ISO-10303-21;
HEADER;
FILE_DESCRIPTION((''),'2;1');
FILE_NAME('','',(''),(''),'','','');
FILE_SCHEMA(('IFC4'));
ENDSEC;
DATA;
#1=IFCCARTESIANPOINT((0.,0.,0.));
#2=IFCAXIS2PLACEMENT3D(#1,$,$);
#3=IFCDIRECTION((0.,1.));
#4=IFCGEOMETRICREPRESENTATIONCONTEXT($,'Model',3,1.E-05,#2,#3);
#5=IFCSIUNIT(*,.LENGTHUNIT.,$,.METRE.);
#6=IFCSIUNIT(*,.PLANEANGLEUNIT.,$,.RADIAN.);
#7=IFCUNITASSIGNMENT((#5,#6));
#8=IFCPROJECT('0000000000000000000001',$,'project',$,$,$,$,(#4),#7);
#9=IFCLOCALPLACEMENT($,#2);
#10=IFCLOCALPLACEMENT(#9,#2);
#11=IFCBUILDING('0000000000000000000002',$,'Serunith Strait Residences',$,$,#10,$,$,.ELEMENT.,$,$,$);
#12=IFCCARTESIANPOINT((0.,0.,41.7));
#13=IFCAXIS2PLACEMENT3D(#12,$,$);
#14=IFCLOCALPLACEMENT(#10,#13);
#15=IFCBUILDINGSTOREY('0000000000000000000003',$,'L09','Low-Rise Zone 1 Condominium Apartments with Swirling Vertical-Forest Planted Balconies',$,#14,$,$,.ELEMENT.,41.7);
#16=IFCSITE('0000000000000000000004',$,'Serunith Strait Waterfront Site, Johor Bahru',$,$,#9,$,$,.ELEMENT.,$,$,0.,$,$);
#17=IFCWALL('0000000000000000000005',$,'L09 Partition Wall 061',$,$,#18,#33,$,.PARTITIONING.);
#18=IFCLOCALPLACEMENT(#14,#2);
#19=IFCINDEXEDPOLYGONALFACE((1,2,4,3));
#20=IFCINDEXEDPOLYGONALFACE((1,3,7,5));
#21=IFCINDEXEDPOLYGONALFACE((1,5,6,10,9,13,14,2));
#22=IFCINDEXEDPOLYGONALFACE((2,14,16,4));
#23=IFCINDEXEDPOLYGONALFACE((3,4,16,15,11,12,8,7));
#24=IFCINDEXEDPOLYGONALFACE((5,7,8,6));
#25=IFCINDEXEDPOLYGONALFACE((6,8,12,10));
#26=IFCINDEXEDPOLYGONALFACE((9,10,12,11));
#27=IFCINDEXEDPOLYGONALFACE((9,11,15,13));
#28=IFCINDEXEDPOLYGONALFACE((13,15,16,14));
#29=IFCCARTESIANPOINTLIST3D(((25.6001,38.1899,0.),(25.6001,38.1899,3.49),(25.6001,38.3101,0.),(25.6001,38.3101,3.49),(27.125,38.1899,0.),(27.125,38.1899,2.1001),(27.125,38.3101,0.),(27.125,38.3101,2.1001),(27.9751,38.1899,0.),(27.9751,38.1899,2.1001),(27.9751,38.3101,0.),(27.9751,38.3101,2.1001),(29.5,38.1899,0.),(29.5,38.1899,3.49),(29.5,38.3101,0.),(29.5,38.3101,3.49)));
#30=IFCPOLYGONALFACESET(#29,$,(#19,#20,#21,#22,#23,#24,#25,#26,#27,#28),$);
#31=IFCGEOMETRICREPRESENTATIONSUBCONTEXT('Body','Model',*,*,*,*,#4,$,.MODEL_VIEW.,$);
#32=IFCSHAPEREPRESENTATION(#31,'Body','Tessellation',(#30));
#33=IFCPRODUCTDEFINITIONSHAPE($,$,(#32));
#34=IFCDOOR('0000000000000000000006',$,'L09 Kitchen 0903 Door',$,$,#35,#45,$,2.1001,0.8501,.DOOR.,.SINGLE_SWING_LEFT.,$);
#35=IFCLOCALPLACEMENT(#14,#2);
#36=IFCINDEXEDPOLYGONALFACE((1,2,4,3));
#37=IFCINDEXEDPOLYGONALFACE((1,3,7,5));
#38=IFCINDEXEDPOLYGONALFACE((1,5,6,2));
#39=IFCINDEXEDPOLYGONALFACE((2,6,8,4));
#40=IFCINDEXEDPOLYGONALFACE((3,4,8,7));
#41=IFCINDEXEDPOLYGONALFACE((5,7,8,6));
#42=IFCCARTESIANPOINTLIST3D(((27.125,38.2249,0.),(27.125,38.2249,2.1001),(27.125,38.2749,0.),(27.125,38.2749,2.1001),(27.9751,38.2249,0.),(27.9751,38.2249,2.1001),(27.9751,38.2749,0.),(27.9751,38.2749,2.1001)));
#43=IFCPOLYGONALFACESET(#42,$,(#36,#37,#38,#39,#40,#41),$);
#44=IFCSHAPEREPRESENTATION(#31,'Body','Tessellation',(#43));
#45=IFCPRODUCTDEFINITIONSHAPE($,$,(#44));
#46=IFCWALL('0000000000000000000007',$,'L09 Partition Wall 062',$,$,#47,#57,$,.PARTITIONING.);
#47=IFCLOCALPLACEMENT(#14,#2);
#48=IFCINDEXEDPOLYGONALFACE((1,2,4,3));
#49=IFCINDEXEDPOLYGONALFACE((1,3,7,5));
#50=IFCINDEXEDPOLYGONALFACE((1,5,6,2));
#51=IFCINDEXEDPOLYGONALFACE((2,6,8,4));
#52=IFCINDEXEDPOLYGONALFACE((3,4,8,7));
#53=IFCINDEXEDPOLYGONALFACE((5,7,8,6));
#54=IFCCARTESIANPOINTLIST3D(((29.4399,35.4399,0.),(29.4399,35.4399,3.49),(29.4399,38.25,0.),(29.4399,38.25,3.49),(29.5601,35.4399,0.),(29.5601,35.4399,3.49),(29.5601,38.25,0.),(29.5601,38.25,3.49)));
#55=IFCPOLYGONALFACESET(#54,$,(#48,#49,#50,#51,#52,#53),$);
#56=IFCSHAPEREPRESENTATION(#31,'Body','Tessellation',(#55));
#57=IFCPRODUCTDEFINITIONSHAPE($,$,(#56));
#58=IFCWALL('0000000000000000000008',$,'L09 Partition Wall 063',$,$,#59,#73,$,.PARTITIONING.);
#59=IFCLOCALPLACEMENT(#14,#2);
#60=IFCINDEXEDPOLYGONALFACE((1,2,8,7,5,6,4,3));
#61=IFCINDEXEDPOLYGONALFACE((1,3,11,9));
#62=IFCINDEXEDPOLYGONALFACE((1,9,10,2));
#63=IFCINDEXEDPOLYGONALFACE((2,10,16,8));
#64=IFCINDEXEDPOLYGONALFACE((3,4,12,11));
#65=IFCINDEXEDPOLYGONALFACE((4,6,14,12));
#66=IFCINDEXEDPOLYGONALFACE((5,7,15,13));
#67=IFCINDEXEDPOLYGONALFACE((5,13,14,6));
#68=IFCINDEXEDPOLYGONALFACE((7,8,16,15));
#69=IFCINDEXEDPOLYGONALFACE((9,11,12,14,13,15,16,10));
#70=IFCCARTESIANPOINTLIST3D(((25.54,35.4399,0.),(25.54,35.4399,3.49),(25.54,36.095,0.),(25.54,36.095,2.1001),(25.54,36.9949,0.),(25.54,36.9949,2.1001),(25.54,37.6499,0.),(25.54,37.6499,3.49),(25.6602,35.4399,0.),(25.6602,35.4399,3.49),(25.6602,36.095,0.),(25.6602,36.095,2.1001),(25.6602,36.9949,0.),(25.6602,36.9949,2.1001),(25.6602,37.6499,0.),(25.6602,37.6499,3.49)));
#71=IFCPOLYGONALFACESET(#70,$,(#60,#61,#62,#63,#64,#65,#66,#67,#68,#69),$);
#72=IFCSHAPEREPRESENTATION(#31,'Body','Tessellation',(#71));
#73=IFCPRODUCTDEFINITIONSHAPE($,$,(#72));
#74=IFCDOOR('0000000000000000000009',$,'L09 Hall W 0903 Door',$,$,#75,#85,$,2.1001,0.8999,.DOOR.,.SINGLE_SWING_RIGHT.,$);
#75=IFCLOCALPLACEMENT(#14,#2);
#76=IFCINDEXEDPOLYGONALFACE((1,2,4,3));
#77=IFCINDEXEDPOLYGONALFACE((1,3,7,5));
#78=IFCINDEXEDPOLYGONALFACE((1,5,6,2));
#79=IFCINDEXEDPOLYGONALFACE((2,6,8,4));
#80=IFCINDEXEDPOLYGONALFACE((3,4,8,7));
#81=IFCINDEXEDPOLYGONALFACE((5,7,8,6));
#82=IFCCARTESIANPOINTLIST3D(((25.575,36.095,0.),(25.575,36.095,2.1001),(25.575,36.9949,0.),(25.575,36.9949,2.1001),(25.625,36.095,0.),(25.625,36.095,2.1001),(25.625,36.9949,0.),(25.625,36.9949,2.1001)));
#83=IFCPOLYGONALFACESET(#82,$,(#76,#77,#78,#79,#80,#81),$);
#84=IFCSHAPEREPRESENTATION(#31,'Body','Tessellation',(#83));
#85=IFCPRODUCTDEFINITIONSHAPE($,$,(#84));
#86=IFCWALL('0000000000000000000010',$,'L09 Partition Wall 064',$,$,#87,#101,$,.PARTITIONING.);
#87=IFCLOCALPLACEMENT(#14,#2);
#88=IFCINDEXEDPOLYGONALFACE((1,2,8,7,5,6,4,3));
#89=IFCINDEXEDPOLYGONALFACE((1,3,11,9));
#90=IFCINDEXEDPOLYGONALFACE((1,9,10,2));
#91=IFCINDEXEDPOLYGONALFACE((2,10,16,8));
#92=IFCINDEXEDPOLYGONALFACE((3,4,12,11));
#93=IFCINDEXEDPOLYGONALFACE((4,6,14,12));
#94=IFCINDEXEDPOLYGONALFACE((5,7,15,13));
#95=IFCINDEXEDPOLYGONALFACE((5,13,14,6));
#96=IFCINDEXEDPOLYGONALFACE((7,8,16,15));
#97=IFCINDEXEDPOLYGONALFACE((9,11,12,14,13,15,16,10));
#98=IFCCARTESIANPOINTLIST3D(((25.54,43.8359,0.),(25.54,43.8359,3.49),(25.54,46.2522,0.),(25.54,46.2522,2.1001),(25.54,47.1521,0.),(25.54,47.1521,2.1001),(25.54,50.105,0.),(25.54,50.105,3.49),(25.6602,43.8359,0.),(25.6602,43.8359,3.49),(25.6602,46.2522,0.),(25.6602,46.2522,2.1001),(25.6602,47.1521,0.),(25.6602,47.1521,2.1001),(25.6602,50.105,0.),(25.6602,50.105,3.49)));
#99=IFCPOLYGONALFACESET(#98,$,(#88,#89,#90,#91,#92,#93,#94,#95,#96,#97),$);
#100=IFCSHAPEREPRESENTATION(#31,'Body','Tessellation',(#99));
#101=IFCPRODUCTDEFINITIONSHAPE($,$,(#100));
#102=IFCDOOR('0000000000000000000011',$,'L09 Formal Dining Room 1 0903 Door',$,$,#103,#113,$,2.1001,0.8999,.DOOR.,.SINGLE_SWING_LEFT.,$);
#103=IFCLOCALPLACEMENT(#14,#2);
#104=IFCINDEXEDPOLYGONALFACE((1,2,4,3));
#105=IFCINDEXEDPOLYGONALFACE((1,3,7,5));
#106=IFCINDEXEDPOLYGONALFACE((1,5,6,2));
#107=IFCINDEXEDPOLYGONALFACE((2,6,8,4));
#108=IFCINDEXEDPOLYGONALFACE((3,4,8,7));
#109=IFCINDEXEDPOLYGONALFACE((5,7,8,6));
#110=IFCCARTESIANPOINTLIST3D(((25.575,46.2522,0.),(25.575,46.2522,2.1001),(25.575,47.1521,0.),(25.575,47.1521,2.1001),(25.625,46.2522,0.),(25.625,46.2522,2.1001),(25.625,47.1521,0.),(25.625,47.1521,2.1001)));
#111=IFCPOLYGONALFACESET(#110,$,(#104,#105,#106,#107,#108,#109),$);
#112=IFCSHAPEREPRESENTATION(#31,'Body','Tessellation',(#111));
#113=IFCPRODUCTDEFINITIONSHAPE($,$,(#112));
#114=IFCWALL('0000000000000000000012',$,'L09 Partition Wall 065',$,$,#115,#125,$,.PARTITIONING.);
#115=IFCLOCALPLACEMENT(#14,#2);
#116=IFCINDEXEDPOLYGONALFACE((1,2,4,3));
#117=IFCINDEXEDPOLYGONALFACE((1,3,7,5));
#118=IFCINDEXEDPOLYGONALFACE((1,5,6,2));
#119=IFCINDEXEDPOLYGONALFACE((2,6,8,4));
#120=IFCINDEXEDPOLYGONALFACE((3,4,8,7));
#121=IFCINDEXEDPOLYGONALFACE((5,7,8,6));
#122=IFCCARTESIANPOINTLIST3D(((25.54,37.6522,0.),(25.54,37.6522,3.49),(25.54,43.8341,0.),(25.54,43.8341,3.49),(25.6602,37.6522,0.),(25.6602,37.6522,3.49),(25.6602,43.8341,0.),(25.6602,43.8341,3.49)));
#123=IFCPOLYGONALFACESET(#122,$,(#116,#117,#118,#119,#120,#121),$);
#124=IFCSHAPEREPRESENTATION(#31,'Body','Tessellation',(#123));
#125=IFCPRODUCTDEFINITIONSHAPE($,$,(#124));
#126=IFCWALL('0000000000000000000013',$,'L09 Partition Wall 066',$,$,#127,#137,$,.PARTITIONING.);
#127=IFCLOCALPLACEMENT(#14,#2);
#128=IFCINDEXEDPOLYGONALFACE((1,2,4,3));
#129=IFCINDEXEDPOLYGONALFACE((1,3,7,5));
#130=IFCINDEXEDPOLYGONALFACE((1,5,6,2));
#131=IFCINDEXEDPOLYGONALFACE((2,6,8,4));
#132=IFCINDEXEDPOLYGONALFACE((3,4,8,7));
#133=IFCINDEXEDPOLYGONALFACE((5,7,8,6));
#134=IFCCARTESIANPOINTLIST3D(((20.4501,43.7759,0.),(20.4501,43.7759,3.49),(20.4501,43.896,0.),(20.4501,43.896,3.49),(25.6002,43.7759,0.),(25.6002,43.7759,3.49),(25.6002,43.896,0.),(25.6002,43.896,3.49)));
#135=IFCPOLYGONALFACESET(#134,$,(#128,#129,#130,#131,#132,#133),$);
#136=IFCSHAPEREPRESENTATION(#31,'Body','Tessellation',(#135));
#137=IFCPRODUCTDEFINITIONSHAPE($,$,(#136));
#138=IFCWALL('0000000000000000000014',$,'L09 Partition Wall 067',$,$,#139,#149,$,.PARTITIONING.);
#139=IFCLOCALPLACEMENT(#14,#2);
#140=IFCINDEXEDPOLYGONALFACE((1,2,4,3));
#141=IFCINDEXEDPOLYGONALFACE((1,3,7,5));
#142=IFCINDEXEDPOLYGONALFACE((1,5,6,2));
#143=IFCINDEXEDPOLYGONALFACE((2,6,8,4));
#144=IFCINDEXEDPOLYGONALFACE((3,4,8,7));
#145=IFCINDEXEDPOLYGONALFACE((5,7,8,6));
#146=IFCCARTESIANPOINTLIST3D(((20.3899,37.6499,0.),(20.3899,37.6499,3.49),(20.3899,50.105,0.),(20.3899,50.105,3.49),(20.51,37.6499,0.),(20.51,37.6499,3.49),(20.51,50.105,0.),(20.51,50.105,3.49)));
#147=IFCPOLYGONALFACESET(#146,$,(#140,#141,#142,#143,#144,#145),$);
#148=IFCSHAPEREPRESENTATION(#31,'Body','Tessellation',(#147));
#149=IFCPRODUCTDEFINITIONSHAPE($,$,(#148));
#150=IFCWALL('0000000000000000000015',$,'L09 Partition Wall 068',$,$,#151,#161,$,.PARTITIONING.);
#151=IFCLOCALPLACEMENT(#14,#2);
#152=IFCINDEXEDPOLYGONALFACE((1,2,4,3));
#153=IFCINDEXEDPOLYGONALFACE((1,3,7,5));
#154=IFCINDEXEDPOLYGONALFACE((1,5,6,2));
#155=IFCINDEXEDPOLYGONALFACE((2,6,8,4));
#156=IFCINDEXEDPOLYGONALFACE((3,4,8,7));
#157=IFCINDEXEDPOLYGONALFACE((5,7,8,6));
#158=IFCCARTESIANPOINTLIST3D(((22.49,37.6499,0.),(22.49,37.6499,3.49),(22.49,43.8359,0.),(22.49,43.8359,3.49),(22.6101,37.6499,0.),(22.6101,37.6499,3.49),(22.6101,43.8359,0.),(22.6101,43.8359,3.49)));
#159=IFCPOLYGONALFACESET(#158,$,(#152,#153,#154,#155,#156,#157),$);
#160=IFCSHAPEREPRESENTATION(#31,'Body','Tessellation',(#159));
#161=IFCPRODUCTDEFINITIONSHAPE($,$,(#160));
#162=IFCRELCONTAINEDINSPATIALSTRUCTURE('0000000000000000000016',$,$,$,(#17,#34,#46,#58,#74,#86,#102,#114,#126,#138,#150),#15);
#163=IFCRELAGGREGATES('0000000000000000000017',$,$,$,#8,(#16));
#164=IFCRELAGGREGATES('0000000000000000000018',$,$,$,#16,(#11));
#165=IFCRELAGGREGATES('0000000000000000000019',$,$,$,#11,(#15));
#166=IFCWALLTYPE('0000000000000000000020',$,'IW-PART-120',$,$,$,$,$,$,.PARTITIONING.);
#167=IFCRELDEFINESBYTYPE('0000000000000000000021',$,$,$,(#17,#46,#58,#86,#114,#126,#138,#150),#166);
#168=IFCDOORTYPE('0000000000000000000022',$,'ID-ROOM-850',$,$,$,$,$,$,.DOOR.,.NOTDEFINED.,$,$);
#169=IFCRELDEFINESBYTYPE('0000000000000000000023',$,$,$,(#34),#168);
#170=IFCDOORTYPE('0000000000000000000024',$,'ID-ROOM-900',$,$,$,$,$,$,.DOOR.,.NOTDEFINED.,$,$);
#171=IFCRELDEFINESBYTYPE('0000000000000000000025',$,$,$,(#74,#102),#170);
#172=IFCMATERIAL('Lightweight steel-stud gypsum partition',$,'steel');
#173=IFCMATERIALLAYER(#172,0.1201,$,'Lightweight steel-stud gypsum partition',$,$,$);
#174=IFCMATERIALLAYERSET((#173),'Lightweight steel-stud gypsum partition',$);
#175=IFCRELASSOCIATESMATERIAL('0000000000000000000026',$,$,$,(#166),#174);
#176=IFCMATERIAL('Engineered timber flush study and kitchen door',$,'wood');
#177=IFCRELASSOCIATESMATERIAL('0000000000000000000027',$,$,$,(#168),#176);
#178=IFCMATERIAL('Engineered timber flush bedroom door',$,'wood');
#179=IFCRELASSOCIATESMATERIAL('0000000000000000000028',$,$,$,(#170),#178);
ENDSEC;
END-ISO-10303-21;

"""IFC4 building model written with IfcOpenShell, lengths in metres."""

from ifc_helpers import new_model, si_unit, direction, frame, frame_2d, origin, place, context, subcontext, project, spatial, rectangle, extrude, source, transform, mapped, material, layer, layer_set, type_object, element, fill, save


model = new_model("IFC4")

# Units and contexts
model_context = context("Model", 3, precision=1e-05, world=origin(), true_north=direction((0.0, 1.0)))
body_context = subcontext(model_context, "Body", "Model", "MODEL_VIEW")
ifc_project = project(units=[si_unit("LENGTHUNIT", "METRE"), si_unit("PLANEANGLEUNIT", "RADIAN")], contexts=[model_context])

# Site, building, storey
site_placement = place(None, origin())
site = spatial("IfcSite", under=ifc_project, at=site_placement, Name="Serunith Strait Waterfront Site, Johor Bahru", CompositionType="ELEMENT", RefElevation=0.0)
building_placement = place(site_placement, origin())
building = spatial("IfcBuilding", under=site, at=building_placement, Name="Serunith Strait Residences", CompositionType="ELEMENT")
storey_placement = place(building_placement, frame((0.0, 0.0, 41.7)))
storey = spatial("IfcBuildingStorey", under=building, at=storey_placement, Name="L09", Description="Low-Rise Zone 1 Condominium Apartments with Swirling Vertical-Forest Planted Balconies", CompositionType="ELEMENT", Elevation=41.7)

# Wall, opening, door
ifc_material_1 = material(Name="Lightweight steel-stud gypsum partition", Category="steel")
ifc_layer_1 = layer(ifc_material_1, 0.1201, Name="Lightweight steel-stud gypsum partition")
ifc_layer_set_1 = layer_set([ifc_layer_1], Name="Lightweight steel-stud gypsum partition")
wall_type = type_object("IfcWallType", Name="IW-PART-120", PredefinedType="PARTITIONING", material=ifc_layer_set_1)
wall_1_placement = place(storey_placement, frame((25.6001, 38.25, 0.0), z_axis=(0.0, 0.0, 1.0), x_axis=(1.0, 0.0, 0.0)))
wall_1 = element("IfcWall", 1, at=wall_1_placement, inside=storey, type_object=wall_type, Name="L09 Partition Wall 061", PredefinedType="PARTITIONING", context=body_context, shape_type="SweptSolid", body=[
    extrude(rectangle(XDim=3.8999, YDim=0.1201, at=frame_2d((1.95, 0.0))), origin(), (0.0, 0.0, 1.0), 3.49),
])
opening_1_placement = place(wall_1_placement, frame((1.5249, 0.0, 0.0)))
opening_1 = element("IfcOpeningElement", 2, at=opening_1_placement, cuts=wall_1, PredefinedType="OPENING", context=body_context, shape_type="SweptSolid", body=[
    extrude(rectangle(XDim=0.8501, YDim=2.1001, at=frame_2d((0.425, 1.05))), frame((0.0, 0.0701, 0.0), z_axis=(0.0, -1.0, 0.0), x_axis=(1.0, 0.0, 0.0)), (0.0, 0.0, 1.0), 0.1401),
])
ifc_material_2 = material(Name="Engineered timber flush study and kitchen door", Category="wood")
door_type_1 = type_object("IfcDoorType", Name="ID-ROOM-850", OperationType="NOTDEFINED", PredefinedType="DOOR", material=ifc_material_2)
shared_shape_1 = source(origin(), body_context, "Body", "SweptSolid", [
    extrude(rectangle(XDim=0.8501, YDim=2.1001, at=frame_2d((0.425, 1.05))), frame((0.0, 0.0249, 0.0), z_axis=(0.0, -1.0, 0.0), x_axis=(1.0, 0.0, 0.0)), (0.0, 0.0, 1.0), 0.05),
])
door_1_placement = place(opening_1_placement, origin())
door_1 = element("IfcDoor", 3, at=door_1_placement, inside=storey, type_object=door_type_1, Name="L09 Kitchen 0903 Door", OperationType="SINGLE_SWING_LEFT", OverallHeight=2.1001, OverallWidth=0.8501, PredefinedType="DOOR", context=body_context, shape_type="MappedRepresentation", body=[
    mapped(shared_shape_1, transform((0.0, 0.0, 0.0), scale=1.0)),
])
fill(opening_1, door_1)

# Wall
wall_2_placement = place(storey_placement, frame((29.5, 38.25, 0.0), z_axis=(0.0, 0.0, 1.0), x_axis=(0.0, -1.0, 0.0)))
element("IfcWall", 4, at=wall_2_placement, inside=storey, type_object=wall_type, Name="L09 Partition Wall 062", PredefinedType="PARTITIONING", context=body_context, shape_type="SweptSolid", body=[
    extrude(rectangle(XDim=2.8101, YDim=0.1201, at=frame_2d((1.405, 0.0))), origin(), (0.0, 0.0, 1.0), 3.49),
])

# Walls, openings, doors
wall_3_placement = place(storey_placement, frame((25.6001, 37.6499, 0.0), z_axis=(0.0, 0.0, 1.0), x_axis=(0.0, -1.0, 0.0)))
wall_3 = element("IfcWall", 5, at=wall_3_placement, inside=storey, type_object=wall_type, Name="L09 Partition Wall 063", PredefinedType="PARTITIONING", context=body_context, shape_type="SweptSolid", body=[
    extrude(rectangle(XDim=2.21, YDim=0.1201, at=frame_2d((1.105, 0.0))), origin(), (0.0, 0.0, 1.0), 3.49),
])
opening_2_placement = place(wall_3_placement, frame((0.655, 0.0, 0.0)))
opening_2 = element("IfcOpeningElement", 6, at=opening_2_placement, cuts=wall_3, PredefinedType="OPENING", context=body_context, shape_type="SweptSolid", body=[
    extrude(rectangle(XDim=0.8999, YDim=2.1001, at=frame_2d((0.45, 1.05))), frame((0.0, 0.0701, 0.0), z_axis=(0.0, -1.0, 0.0), x_axis=(1.0, 0.0, 0.0)), (0.0, 0.0, 1.0), 0.1401),
])
ifc_material_3 = material(Name="Engineered timber flush bedroom door", Category="wood")
door_type_2 = type_object("IfcDoorType", Name="ID-ROOM-900", OperationType="NOTDEFINED", PredefinedType="DOOR", material=ifc_material_3)
shared_shape_2 = source(origin(), body_context, "Body", "SweptSolid", [
    extrude(rectangle(XDim=0.8999, YDim=2.1001, at=frame_2d((0.45, 1.05))), frame((0.0, 0.0249, 0.0), z_axis=(0.0, -1.0, 0.0), x_axis=(1.0, 0.0, 0.0)), (0.0, 0.0, 1.0), 0.05),
])
door_2_placement = place(opening_2_placement, origin())
door_2 = element("IfcDoor", 7, at=door_2_placement, inside=storey, type_object=door_type_2, Name="L09 Hall W 0903 Door", OperationType="SINGLE_SWING_RIGHT", OverallHeight=2.1001, OverallWidth=0.8999, PredefinedType="DOOR", context=body_context, shape_type="MappedRepresentation", body=[
    mapped(shared_shape_2, transform((0.0, 0.0, 0.0), scale=1.0)),
])
fill(opening_2, door_2)
wall_4_placement = place(storey_placement, frame((25.6001, 50.105, 0.0), z_axis=(0.0, 0.0, 1.0), x_axis=(0.0, -1.0, 0.0)))
wall_4 = element("IfcWall", 8, at=wall_4_placement, inside=storey, type_object=wall_type, Name="L09 Partition Wall 064", PredefinedType="PARTITIONING", context=body_context, shape_type="SweptSolid", body=[
    extrude(rectangle(XDim=6.269, YDim=0.1201, at=frame_2d((3.1345, 0.0))), origin(), (0.0, 0.0, 1.0), 3.49),
])
opening_3_placement = place(wall_4_placement, frame((2.9529, 0.0, 0.0)))
opening_3 = element("IfcOpeningElement", 9, at=opening_3_placement, cuts=wall_4, PredefinedType="OPENING", context=body_context, shape_type="SweptSolid", body=[
    extrude(rectangle(XDim=0.8999, YDim=2.1001, at=frame_2d((0.45, 1.05))), frame((0.0, 0.0701, 0.0), z_axis=(0.0, -1.0, 0.0), x_axis=(1.0, 0.0, 0.0)), (0.0, 0.0, 1.0), 0.1401),
])
door_3_placement = place(opening_3_placement, origin())
door_3 = element("IfcDoor", 10, at=door_3_placement, inside=storey, type_object=door_type_2, Name="L09 Formal Dining Room 1 0903 Door", OperationType="SINGLE_SWING_LEFT", OverallHeight=2.1001, OverallWidth=0.8999, PredefinedType="DOOR", context=body_context, shape_type="MappedRepresentation", body=[
    mapped(shared_shape_2, transform((0.0, 0.0, 0.0), scale=1.0)),
])
fill(opening_3, door_3)

# Walls
wall_5_placement = place(storey_placement, frame((25.6001, 43.834, 0.0), z_axis=(0.0, 0.0, 1.0), x_axis=(0.0, -1.0, 0.0)))
element("IfcWall", 11, at=wall_5_placement, inside=storey, type_object=wall_type, Name="L09 Partition Wall 065", PredefinedType="PARTITIONING", context=body_context, shape_type="SweptSolid", body=[
    extrude(rectangle(XDim=6.1819, YDim=0.1201, at=frame_2d((3.0908, 0.0))), origin(), (0.0, 0.0, 1.0), 3.49),
])
wall_6_placement = place(storey_placement, frame((20.45, 43.8359, 0.0), z_axis=(0.0, 0.0, 1.0), x_axis=(1.0, 0.0, 0.0)))
element("IfcWall", 12, at=wall_6_placement, inside=storey, type_object=wall_type, Name="L09 Partition Wall 066", PredefinedType="PARTITIONING", context=body_context, shape_type="SweptSolid", body=[
    extrude(rectangle(XDim=5.1501, YDim=0.1201, at=frame_2d((2.5752, 0.0))), origin(), (0.0, 0.0, 1.0), 3.49),
])
wall_7_placement = place(storey_placement, frame((20.45, 50.105, 0.0), z_axis=(0.0, 0.0, 1.0), x_axis=(0.0, -1.0, 0.0)))
element("IfcWall", 13, at=wall_7_placement, inside=storey, type_object=wall_type, Name="L09 Partition Wall 067", PredefinedType="PARTITIONING", context=body_context, shape_type="SweptSolid", body=[
    extrude(rectangle(XDim=12.4551, YDim=0.1201, at=frame_2d((6.2275, 0.0))), origin(), (0.0, 0.0, 1.0), 3.49),
])
wall_8_placement = place(storey_placement, frame((22.55, 43.8359, 0.0), z_axis=(0.0, 0.0, 1.0), x_axis=(0.0, -1.0, 0.0)))
element("IfcWall", 14, at=wall_8_placement, inside=storey, type_object=wall_type, Name="L09 Partition Wall 068", PredefinedType="PARTITIONING", context=body_context, shape_type="SweptSolid", body=[
    extrude(rectangle(XDim=6.186, YDim=0.1201, at=frame_2d((3.093, 0.0))), origin(), (0.0, 0.0, 1.0), 3.49),
])

save(model, "model.ifc")
